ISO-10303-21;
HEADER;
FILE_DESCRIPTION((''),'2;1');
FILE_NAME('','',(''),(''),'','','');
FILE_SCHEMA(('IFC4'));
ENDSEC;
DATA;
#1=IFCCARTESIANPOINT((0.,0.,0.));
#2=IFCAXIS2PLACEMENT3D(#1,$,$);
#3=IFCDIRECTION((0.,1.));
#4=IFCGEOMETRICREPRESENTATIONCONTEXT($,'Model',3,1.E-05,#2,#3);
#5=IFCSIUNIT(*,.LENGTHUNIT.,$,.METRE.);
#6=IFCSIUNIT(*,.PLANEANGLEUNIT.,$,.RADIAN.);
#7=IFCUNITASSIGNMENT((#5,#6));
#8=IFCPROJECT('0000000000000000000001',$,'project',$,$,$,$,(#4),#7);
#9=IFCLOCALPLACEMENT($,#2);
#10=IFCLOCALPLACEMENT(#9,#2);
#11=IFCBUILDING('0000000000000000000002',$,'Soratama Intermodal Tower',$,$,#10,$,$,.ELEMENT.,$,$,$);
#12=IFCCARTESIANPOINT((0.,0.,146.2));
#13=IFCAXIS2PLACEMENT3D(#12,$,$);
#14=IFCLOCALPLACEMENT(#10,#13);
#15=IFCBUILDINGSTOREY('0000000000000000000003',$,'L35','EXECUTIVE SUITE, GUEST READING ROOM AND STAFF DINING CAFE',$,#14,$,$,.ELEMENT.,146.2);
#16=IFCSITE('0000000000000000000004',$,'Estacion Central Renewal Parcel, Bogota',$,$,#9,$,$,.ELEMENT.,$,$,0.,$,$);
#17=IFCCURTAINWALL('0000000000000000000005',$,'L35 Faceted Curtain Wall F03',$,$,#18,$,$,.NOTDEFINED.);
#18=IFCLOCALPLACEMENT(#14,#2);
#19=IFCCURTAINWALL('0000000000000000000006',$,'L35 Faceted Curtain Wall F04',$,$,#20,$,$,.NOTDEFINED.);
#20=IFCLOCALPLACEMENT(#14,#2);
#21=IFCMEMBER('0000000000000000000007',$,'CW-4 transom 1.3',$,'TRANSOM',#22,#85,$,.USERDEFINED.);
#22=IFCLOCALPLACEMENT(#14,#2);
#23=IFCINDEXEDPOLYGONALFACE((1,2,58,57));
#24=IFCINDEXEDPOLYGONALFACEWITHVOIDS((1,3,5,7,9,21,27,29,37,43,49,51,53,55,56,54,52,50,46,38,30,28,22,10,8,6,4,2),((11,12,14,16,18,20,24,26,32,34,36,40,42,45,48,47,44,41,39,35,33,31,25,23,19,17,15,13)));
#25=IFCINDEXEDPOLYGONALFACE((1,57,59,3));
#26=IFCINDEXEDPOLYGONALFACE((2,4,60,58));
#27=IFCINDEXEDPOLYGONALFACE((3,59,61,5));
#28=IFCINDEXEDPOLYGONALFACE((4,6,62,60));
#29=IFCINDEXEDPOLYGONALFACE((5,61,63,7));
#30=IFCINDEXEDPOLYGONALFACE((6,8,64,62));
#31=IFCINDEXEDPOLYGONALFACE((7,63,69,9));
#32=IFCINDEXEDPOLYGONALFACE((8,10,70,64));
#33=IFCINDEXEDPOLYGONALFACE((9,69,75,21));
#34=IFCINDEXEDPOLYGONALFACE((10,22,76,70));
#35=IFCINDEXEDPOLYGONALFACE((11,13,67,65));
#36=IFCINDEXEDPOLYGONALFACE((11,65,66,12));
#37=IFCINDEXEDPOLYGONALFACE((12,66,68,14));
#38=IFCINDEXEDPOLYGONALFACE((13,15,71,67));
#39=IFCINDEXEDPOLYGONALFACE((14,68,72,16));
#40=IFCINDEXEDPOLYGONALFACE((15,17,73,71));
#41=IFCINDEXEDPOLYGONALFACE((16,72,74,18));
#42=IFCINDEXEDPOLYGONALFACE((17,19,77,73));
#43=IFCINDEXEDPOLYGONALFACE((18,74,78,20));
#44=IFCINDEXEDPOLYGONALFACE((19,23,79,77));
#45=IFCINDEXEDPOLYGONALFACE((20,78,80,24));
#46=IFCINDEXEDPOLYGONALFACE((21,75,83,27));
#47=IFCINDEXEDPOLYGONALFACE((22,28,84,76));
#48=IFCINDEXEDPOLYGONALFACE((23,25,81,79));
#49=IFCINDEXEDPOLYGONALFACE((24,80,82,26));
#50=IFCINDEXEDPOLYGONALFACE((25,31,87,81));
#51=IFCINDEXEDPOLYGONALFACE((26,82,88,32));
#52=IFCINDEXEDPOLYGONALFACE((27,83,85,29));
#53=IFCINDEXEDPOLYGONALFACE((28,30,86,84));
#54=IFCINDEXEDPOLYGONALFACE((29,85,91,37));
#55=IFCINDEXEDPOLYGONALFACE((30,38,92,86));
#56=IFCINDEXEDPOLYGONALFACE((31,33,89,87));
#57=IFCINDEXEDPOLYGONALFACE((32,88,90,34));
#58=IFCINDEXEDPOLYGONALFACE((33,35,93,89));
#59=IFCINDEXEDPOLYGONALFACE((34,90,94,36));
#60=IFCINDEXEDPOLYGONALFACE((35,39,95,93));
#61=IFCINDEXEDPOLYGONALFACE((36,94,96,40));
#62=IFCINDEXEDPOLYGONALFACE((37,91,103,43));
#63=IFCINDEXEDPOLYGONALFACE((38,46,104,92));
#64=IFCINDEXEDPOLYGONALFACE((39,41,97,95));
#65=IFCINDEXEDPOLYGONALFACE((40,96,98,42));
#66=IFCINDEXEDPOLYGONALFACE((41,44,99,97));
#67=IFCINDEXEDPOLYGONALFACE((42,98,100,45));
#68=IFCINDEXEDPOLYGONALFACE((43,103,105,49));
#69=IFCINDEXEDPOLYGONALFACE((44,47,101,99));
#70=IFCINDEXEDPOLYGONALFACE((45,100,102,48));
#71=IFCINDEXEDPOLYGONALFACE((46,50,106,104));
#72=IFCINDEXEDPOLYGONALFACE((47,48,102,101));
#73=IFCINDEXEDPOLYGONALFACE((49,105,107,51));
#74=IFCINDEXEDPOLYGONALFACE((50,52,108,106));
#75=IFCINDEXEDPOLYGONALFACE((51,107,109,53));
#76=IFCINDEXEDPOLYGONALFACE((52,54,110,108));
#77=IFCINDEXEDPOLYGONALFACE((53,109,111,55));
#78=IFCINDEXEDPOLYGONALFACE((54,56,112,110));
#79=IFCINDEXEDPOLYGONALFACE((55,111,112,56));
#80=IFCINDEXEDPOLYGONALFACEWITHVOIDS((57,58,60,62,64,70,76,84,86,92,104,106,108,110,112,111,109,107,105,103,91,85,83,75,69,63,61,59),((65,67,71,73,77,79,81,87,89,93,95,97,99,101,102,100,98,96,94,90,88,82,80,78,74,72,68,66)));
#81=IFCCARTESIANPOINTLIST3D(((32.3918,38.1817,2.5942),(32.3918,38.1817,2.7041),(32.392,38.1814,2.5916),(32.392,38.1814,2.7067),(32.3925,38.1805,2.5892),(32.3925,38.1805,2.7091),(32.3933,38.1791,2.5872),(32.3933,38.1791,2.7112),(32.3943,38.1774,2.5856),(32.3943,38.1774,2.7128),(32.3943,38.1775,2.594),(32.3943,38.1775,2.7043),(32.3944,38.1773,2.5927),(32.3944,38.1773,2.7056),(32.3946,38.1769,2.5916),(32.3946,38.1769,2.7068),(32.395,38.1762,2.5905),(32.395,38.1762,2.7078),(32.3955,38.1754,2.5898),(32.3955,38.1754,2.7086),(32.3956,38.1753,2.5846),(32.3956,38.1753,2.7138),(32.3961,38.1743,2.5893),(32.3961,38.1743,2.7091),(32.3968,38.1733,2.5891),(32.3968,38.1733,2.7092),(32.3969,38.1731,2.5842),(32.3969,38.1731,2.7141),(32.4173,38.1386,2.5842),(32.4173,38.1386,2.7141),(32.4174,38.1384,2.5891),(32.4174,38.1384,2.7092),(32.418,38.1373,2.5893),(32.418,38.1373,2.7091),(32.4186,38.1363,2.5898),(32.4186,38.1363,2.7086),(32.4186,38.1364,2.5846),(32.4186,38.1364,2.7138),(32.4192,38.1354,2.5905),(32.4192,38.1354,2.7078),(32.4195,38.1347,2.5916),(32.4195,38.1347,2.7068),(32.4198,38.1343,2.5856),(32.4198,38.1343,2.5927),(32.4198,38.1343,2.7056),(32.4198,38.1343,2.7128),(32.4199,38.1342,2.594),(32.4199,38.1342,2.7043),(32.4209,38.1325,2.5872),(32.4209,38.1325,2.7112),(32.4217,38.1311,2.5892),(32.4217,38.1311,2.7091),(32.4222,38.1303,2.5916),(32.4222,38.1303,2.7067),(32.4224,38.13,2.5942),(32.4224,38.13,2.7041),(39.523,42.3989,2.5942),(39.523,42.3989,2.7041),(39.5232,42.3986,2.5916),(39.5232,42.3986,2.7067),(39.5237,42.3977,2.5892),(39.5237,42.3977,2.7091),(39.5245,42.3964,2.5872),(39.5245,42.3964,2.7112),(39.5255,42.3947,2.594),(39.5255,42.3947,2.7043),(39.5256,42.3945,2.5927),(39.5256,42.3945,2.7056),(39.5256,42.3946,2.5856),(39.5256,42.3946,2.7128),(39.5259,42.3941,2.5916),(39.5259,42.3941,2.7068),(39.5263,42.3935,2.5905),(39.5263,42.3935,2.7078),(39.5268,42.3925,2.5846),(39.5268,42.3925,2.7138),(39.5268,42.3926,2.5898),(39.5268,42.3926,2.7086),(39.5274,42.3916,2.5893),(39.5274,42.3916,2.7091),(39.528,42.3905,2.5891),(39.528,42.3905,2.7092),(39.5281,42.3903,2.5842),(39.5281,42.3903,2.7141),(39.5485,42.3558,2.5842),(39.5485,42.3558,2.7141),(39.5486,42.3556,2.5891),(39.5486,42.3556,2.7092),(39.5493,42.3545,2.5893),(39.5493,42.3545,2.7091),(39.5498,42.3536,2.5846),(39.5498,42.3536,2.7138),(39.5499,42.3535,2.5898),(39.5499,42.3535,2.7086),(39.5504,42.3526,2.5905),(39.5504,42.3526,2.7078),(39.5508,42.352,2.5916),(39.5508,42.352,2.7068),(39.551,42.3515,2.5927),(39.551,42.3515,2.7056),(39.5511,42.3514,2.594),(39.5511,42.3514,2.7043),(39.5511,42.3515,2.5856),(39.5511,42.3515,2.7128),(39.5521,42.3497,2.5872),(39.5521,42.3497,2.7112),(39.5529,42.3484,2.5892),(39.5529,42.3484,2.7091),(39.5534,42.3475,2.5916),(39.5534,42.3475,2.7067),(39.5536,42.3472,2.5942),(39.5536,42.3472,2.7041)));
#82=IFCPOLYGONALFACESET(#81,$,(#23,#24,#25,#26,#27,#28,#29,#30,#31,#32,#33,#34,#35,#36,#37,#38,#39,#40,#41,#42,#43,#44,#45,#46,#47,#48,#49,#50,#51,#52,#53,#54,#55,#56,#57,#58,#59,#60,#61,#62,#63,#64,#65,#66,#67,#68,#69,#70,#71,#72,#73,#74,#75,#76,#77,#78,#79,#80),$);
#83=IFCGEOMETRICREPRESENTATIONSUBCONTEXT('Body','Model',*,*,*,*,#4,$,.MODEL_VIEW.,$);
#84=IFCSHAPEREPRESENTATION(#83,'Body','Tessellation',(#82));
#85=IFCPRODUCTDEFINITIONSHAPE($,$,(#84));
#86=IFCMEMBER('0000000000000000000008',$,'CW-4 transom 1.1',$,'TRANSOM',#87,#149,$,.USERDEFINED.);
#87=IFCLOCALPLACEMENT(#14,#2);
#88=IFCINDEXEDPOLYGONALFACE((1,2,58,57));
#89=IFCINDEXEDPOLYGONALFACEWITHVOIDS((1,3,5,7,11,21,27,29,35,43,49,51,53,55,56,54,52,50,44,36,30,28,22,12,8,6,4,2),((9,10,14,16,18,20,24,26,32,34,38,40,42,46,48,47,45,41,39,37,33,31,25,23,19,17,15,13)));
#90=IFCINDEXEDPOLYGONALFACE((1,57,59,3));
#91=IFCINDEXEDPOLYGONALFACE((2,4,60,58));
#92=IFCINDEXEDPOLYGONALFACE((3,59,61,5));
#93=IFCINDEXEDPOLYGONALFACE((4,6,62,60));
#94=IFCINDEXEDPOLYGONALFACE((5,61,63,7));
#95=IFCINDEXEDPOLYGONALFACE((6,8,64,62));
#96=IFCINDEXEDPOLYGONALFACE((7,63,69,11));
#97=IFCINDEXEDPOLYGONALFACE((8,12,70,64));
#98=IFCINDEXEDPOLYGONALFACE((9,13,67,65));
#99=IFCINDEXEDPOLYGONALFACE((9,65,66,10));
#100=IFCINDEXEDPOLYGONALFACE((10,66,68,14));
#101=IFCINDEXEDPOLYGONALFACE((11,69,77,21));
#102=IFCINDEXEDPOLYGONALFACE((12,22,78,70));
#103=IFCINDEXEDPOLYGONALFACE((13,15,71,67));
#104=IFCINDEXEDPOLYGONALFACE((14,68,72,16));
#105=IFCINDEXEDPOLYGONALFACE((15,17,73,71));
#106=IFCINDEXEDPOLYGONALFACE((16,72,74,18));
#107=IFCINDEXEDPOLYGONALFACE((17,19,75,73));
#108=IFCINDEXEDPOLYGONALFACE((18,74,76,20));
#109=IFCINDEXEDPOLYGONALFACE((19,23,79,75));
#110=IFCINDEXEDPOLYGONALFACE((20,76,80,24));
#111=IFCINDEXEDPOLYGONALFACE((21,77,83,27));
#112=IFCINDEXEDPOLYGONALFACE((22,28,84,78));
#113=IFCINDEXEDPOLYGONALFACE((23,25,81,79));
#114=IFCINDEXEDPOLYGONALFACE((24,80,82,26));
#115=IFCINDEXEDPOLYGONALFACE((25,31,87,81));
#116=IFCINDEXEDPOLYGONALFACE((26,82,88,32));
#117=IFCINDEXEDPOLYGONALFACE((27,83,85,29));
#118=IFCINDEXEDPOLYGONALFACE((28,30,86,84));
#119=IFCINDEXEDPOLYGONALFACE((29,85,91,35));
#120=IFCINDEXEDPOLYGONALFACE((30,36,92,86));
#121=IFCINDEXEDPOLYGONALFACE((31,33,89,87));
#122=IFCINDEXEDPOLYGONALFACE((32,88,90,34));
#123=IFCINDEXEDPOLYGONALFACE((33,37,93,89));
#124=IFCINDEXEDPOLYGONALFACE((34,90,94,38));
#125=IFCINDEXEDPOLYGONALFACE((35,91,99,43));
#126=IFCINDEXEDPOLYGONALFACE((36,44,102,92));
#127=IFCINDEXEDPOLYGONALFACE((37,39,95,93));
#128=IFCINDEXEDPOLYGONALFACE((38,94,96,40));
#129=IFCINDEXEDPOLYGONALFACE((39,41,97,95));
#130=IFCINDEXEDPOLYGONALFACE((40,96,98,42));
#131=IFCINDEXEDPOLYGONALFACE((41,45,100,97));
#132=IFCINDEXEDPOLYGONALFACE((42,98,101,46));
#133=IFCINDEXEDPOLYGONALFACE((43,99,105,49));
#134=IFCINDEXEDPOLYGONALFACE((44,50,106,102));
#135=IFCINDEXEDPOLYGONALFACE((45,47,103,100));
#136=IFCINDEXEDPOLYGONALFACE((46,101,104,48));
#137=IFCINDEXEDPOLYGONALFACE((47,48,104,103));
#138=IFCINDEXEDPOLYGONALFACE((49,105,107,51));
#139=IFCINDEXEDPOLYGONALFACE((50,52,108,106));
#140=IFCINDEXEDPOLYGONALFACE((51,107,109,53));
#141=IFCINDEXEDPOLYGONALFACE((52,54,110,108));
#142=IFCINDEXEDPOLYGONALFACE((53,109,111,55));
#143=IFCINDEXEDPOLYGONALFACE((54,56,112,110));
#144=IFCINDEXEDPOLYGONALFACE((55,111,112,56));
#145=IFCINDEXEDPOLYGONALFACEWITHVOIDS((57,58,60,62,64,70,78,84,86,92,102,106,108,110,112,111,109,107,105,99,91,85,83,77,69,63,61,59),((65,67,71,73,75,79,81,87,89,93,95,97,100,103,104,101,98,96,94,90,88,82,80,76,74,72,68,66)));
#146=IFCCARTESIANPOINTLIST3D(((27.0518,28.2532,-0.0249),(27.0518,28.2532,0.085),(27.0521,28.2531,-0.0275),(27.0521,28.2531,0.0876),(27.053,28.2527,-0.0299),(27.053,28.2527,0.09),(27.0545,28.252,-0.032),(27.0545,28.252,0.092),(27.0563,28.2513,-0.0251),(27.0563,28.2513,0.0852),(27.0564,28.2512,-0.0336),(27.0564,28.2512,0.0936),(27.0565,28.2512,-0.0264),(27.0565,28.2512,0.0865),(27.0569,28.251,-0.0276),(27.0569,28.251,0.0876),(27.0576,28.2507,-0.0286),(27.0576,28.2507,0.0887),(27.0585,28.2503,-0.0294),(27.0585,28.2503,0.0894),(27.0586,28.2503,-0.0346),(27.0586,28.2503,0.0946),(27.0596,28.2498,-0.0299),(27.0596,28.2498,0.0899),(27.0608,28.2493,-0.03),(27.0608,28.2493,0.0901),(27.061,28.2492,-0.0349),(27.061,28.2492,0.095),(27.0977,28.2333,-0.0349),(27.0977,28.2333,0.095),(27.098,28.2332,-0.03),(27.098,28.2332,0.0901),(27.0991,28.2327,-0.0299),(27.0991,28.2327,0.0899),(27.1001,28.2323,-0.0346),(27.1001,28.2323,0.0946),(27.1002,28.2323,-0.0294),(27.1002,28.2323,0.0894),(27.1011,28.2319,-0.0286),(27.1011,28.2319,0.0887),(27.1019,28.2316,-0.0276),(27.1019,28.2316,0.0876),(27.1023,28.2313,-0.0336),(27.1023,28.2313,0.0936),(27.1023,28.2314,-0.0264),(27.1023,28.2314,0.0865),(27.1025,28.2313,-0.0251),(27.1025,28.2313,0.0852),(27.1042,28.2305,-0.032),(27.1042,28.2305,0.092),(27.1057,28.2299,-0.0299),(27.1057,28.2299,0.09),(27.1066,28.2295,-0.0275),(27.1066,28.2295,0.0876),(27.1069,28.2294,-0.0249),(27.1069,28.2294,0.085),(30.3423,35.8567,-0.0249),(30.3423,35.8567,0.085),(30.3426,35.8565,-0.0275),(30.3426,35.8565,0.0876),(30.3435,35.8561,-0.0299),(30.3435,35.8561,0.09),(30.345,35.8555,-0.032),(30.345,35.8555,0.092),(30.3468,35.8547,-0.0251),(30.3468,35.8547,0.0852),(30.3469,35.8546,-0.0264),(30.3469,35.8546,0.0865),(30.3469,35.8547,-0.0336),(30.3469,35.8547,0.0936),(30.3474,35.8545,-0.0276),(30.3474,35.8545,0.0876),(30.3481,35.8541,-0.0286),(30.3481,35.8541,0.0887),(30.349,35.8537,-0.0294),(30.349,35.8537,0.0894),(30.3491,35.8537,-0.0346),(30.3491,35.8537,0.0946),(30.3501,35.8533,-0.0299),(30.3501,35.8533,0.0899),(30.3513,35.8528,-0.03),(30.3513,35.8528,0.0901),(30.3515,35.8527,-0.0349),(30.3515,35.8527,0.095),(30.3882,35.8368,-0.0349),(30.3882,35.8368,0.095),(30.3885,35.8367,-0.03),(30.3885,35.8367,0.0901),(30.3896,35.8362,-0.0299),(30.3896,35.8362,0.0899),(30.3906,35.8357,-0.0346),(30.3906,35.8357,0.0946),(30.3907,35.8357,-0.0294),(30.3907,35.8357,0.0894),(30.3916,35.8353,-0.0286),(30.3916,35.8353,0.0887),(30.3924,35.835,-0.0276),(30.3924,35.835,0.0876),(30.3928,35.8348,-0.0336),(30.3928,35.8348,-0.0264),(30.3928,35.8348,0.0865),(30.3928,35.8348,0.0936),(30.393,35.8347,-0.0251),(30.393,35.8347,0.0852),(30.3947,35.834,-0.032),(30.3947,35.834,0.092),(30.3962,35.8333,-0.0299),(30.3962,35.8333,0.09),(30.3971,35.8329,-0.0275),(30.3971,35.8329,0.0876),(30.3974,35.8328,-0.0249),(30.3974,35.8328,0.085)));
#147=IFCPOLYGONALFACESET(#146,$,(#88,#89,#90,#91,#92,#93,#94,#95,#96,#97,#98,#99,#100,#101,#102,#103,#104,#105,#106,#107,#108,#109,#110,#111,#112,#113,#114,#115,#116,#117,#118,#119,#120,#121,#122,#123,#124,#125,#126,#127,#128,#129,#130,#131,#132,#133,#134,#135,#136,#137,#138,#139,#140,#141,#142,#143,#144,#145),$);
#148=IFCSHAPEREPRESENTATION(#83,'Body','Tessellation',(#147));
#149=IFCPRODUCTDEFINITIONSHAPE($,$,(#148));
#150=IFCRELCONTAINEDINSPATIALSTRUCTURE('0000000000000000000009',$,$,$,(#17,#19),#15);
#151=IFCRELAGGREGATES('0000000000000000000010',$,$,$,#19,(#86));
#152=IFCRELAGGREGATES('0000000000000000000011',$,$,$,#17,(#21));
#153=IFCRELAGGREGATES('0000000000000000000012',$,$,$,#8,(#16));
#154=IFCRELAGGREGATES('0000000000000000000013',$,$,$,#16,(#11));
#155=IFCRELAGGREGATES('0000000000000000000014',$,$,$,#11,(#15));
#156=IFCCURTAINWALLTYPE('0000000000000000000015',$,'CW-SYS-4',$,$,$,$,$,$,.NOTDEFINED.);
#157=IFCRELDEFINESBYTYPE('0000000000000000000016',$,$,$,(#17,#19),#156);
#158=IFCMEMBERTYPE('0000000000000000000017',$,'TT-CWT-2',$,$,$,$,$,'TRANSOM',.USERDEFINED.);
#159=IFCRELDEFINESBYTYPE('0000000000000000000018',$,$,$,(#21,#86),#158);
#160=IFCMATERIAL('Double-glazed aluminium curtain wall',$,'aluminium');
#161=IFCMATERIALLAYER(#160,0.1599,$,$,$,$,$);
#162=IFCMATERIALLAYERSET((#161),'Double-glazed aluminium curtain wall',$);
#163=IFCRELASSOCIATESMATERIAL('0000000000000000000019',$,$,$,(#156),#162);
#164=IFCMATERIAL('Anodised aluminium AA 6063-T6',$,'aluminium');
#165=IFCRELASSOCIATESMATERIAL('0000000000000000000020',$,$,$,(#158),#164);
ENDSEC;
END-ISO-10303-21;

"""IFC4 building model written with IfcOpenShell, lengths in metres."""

from ifc_helpers import new_model, si_unit, direction, frame, origin, origin_2d, place, context, subcontext, project, spatial, hollow_rectangle, extrude, material, layer, layer_set, material_profile, profile_set, type_object, element, aggregate, save


model = new_model("IFC4")

# Units and contexts
model_context = context("Model", 3, precision=1e-05, world=origin(), true_north=direction((0.0, 1.0)))
body_context = subcontext(model_context, "Body", "Model", "MODEL_VIEW")
ifc_project = project(units=[si_unit("LENGTHUNIT", "METRE"), si_unit("PLANEANGLEUNIT", "RADIAN")], contexts=[model_context])

# Site, building, storey
site_placement = place(None, origin())
site = spatial("IfcSite", under=ifc_project, at=site_placement, Name="Estacion Central Renewal Parcel, Bogota", CompositionType="ELEMENT", RefElevation=0.0)
building_placement = place(site_placement, origin())
building = spatial("IfcBuilding", under=site, at=building_placement, Name="Soratama Intermodal Tower", CompositionType="ELEMENT")
storey_placement = place(building_placement, frame((0.0, 0.0, 146.2)))
storey = spatial("IfcBuildingStorey", under=building, at=storey_placement, Name="L35", Description="EXECUTIVE SUITE, GUEST READING ROOM AND STAFF DINING CAFE", CompositionType="ELEMENT", Elevation=146.2)

# Curtain wall
ifc_material_1 = material(Name="Double-glazed aluminium curtain wall", Category="aluminium")
ifc_layer_1 = layer(ifc_material_1, 0.1599)
ifc_layer_set_1 = layer_set([ifc_layer_1], Name="Double-glazed aluminium curtain wall")
curtain_wall_type = type_object("IfcCurtainWallType", Name="CW-SYS-4", PredefinedType="NOTDEFINED", material=ifc_layer_set_1)
curtain_wall_1_placement = place(storey_placement, origin())
curtain_wall_1 = element("IfcCurtainWall", 1, at=curtain_wall_1_placement, inside=storey, type_object=curtain_wall_type, Name="L35 Faceted Curtain Wall F03", PredefinedType="NOTDEFINED")

# Curtain wall
curtain_wall_2_placement = place(storey_placement, origin())
curtain_wall_2 = element("IfcCurtainWall", 2, at=curtain_wall_2_placement, inside=storey, type_object=curtain_wall_type, Name="L35 Faceted Curtain Wall F04", PredefinedType="NOTDEFINED")

# Members
ifc_material_2 = material(Name="Anodised aluminium AA 6063-T6", Category="aluminium")
ifc_material_profile_1 = material_profile(ifc_material_2, hollow_rectangle(XDim=0.0601, YDim=0.1299, WallThickness=0.0049, InnerFilletRadius=0.0049, OuterFilletRadius=0.01, at=origin_2d()), Name="CWT130X60X5")
ifc_profile_set_1 = profile_set([ifc_material_profile_1], Name="Anodised aluminium AA 6063-T6")
member_type_1 = type_object("IfcMemberType", Name="TT-CWT-2", ElementType="TRANSOM", PredefinedType="USERDEFINED", material=ifc_profile_set_1)
member_1_placement = place(storey_placement, frame((39.5383, 42.373, 2.6492), z_axis=(-0.860752, -0.509025, 0.0), x_axis=(0.509025, -0.860752, 0.0)))
member_1 = element("IfcMember", 3, at=member_1_placement, type_object=member_type_1, Name="CW-4 transom 1.3", ObjectType="TRANSOM", PredefinedType="USERDEFINED", context=body_context, shape_type="SweptSolid", body=[
    extrude(hollow_rectangle(XDim=0.0601, YDim=0.1299, WallThickness=0.0049, InnerFilletRadius=0.0049, OuterFilletRadius=0.01, at=origin_2d()), origin(), (0.0, 0.0, 1.0), 8.2849),
])
member_2_placement = place(storey_placement, frame((30.3699, 35.8447, 0.03), z_axis=(-0.397167, -0.917746, 0.0), x_axis=(0.917746, -0.397167, 0.0)))
member_2 = element("IfcMember", 4, at=member_2_placement, type_object=member_type_1, Name="CW-4 transom 1.1", ObjectType="TRANSOM", PredefinedType="USERDEFINED", context=body_context, shape_type="SweptSolid", body=[
    extrude(hollow_rectangle(XDim=0.0601, YDim=0.1299, WallThickness=0.0049, InnerFilletRadius=0.0049, OuterFilletRadius=0.01, at=origin_2d()), origin(), (0.0, 0.0, 1.0), 8.2849),
])
aggregate(curtain_wall_2, [member_2])

aggregate(curtain_wall_1, [member_1])

save(model, "model.ifc")
